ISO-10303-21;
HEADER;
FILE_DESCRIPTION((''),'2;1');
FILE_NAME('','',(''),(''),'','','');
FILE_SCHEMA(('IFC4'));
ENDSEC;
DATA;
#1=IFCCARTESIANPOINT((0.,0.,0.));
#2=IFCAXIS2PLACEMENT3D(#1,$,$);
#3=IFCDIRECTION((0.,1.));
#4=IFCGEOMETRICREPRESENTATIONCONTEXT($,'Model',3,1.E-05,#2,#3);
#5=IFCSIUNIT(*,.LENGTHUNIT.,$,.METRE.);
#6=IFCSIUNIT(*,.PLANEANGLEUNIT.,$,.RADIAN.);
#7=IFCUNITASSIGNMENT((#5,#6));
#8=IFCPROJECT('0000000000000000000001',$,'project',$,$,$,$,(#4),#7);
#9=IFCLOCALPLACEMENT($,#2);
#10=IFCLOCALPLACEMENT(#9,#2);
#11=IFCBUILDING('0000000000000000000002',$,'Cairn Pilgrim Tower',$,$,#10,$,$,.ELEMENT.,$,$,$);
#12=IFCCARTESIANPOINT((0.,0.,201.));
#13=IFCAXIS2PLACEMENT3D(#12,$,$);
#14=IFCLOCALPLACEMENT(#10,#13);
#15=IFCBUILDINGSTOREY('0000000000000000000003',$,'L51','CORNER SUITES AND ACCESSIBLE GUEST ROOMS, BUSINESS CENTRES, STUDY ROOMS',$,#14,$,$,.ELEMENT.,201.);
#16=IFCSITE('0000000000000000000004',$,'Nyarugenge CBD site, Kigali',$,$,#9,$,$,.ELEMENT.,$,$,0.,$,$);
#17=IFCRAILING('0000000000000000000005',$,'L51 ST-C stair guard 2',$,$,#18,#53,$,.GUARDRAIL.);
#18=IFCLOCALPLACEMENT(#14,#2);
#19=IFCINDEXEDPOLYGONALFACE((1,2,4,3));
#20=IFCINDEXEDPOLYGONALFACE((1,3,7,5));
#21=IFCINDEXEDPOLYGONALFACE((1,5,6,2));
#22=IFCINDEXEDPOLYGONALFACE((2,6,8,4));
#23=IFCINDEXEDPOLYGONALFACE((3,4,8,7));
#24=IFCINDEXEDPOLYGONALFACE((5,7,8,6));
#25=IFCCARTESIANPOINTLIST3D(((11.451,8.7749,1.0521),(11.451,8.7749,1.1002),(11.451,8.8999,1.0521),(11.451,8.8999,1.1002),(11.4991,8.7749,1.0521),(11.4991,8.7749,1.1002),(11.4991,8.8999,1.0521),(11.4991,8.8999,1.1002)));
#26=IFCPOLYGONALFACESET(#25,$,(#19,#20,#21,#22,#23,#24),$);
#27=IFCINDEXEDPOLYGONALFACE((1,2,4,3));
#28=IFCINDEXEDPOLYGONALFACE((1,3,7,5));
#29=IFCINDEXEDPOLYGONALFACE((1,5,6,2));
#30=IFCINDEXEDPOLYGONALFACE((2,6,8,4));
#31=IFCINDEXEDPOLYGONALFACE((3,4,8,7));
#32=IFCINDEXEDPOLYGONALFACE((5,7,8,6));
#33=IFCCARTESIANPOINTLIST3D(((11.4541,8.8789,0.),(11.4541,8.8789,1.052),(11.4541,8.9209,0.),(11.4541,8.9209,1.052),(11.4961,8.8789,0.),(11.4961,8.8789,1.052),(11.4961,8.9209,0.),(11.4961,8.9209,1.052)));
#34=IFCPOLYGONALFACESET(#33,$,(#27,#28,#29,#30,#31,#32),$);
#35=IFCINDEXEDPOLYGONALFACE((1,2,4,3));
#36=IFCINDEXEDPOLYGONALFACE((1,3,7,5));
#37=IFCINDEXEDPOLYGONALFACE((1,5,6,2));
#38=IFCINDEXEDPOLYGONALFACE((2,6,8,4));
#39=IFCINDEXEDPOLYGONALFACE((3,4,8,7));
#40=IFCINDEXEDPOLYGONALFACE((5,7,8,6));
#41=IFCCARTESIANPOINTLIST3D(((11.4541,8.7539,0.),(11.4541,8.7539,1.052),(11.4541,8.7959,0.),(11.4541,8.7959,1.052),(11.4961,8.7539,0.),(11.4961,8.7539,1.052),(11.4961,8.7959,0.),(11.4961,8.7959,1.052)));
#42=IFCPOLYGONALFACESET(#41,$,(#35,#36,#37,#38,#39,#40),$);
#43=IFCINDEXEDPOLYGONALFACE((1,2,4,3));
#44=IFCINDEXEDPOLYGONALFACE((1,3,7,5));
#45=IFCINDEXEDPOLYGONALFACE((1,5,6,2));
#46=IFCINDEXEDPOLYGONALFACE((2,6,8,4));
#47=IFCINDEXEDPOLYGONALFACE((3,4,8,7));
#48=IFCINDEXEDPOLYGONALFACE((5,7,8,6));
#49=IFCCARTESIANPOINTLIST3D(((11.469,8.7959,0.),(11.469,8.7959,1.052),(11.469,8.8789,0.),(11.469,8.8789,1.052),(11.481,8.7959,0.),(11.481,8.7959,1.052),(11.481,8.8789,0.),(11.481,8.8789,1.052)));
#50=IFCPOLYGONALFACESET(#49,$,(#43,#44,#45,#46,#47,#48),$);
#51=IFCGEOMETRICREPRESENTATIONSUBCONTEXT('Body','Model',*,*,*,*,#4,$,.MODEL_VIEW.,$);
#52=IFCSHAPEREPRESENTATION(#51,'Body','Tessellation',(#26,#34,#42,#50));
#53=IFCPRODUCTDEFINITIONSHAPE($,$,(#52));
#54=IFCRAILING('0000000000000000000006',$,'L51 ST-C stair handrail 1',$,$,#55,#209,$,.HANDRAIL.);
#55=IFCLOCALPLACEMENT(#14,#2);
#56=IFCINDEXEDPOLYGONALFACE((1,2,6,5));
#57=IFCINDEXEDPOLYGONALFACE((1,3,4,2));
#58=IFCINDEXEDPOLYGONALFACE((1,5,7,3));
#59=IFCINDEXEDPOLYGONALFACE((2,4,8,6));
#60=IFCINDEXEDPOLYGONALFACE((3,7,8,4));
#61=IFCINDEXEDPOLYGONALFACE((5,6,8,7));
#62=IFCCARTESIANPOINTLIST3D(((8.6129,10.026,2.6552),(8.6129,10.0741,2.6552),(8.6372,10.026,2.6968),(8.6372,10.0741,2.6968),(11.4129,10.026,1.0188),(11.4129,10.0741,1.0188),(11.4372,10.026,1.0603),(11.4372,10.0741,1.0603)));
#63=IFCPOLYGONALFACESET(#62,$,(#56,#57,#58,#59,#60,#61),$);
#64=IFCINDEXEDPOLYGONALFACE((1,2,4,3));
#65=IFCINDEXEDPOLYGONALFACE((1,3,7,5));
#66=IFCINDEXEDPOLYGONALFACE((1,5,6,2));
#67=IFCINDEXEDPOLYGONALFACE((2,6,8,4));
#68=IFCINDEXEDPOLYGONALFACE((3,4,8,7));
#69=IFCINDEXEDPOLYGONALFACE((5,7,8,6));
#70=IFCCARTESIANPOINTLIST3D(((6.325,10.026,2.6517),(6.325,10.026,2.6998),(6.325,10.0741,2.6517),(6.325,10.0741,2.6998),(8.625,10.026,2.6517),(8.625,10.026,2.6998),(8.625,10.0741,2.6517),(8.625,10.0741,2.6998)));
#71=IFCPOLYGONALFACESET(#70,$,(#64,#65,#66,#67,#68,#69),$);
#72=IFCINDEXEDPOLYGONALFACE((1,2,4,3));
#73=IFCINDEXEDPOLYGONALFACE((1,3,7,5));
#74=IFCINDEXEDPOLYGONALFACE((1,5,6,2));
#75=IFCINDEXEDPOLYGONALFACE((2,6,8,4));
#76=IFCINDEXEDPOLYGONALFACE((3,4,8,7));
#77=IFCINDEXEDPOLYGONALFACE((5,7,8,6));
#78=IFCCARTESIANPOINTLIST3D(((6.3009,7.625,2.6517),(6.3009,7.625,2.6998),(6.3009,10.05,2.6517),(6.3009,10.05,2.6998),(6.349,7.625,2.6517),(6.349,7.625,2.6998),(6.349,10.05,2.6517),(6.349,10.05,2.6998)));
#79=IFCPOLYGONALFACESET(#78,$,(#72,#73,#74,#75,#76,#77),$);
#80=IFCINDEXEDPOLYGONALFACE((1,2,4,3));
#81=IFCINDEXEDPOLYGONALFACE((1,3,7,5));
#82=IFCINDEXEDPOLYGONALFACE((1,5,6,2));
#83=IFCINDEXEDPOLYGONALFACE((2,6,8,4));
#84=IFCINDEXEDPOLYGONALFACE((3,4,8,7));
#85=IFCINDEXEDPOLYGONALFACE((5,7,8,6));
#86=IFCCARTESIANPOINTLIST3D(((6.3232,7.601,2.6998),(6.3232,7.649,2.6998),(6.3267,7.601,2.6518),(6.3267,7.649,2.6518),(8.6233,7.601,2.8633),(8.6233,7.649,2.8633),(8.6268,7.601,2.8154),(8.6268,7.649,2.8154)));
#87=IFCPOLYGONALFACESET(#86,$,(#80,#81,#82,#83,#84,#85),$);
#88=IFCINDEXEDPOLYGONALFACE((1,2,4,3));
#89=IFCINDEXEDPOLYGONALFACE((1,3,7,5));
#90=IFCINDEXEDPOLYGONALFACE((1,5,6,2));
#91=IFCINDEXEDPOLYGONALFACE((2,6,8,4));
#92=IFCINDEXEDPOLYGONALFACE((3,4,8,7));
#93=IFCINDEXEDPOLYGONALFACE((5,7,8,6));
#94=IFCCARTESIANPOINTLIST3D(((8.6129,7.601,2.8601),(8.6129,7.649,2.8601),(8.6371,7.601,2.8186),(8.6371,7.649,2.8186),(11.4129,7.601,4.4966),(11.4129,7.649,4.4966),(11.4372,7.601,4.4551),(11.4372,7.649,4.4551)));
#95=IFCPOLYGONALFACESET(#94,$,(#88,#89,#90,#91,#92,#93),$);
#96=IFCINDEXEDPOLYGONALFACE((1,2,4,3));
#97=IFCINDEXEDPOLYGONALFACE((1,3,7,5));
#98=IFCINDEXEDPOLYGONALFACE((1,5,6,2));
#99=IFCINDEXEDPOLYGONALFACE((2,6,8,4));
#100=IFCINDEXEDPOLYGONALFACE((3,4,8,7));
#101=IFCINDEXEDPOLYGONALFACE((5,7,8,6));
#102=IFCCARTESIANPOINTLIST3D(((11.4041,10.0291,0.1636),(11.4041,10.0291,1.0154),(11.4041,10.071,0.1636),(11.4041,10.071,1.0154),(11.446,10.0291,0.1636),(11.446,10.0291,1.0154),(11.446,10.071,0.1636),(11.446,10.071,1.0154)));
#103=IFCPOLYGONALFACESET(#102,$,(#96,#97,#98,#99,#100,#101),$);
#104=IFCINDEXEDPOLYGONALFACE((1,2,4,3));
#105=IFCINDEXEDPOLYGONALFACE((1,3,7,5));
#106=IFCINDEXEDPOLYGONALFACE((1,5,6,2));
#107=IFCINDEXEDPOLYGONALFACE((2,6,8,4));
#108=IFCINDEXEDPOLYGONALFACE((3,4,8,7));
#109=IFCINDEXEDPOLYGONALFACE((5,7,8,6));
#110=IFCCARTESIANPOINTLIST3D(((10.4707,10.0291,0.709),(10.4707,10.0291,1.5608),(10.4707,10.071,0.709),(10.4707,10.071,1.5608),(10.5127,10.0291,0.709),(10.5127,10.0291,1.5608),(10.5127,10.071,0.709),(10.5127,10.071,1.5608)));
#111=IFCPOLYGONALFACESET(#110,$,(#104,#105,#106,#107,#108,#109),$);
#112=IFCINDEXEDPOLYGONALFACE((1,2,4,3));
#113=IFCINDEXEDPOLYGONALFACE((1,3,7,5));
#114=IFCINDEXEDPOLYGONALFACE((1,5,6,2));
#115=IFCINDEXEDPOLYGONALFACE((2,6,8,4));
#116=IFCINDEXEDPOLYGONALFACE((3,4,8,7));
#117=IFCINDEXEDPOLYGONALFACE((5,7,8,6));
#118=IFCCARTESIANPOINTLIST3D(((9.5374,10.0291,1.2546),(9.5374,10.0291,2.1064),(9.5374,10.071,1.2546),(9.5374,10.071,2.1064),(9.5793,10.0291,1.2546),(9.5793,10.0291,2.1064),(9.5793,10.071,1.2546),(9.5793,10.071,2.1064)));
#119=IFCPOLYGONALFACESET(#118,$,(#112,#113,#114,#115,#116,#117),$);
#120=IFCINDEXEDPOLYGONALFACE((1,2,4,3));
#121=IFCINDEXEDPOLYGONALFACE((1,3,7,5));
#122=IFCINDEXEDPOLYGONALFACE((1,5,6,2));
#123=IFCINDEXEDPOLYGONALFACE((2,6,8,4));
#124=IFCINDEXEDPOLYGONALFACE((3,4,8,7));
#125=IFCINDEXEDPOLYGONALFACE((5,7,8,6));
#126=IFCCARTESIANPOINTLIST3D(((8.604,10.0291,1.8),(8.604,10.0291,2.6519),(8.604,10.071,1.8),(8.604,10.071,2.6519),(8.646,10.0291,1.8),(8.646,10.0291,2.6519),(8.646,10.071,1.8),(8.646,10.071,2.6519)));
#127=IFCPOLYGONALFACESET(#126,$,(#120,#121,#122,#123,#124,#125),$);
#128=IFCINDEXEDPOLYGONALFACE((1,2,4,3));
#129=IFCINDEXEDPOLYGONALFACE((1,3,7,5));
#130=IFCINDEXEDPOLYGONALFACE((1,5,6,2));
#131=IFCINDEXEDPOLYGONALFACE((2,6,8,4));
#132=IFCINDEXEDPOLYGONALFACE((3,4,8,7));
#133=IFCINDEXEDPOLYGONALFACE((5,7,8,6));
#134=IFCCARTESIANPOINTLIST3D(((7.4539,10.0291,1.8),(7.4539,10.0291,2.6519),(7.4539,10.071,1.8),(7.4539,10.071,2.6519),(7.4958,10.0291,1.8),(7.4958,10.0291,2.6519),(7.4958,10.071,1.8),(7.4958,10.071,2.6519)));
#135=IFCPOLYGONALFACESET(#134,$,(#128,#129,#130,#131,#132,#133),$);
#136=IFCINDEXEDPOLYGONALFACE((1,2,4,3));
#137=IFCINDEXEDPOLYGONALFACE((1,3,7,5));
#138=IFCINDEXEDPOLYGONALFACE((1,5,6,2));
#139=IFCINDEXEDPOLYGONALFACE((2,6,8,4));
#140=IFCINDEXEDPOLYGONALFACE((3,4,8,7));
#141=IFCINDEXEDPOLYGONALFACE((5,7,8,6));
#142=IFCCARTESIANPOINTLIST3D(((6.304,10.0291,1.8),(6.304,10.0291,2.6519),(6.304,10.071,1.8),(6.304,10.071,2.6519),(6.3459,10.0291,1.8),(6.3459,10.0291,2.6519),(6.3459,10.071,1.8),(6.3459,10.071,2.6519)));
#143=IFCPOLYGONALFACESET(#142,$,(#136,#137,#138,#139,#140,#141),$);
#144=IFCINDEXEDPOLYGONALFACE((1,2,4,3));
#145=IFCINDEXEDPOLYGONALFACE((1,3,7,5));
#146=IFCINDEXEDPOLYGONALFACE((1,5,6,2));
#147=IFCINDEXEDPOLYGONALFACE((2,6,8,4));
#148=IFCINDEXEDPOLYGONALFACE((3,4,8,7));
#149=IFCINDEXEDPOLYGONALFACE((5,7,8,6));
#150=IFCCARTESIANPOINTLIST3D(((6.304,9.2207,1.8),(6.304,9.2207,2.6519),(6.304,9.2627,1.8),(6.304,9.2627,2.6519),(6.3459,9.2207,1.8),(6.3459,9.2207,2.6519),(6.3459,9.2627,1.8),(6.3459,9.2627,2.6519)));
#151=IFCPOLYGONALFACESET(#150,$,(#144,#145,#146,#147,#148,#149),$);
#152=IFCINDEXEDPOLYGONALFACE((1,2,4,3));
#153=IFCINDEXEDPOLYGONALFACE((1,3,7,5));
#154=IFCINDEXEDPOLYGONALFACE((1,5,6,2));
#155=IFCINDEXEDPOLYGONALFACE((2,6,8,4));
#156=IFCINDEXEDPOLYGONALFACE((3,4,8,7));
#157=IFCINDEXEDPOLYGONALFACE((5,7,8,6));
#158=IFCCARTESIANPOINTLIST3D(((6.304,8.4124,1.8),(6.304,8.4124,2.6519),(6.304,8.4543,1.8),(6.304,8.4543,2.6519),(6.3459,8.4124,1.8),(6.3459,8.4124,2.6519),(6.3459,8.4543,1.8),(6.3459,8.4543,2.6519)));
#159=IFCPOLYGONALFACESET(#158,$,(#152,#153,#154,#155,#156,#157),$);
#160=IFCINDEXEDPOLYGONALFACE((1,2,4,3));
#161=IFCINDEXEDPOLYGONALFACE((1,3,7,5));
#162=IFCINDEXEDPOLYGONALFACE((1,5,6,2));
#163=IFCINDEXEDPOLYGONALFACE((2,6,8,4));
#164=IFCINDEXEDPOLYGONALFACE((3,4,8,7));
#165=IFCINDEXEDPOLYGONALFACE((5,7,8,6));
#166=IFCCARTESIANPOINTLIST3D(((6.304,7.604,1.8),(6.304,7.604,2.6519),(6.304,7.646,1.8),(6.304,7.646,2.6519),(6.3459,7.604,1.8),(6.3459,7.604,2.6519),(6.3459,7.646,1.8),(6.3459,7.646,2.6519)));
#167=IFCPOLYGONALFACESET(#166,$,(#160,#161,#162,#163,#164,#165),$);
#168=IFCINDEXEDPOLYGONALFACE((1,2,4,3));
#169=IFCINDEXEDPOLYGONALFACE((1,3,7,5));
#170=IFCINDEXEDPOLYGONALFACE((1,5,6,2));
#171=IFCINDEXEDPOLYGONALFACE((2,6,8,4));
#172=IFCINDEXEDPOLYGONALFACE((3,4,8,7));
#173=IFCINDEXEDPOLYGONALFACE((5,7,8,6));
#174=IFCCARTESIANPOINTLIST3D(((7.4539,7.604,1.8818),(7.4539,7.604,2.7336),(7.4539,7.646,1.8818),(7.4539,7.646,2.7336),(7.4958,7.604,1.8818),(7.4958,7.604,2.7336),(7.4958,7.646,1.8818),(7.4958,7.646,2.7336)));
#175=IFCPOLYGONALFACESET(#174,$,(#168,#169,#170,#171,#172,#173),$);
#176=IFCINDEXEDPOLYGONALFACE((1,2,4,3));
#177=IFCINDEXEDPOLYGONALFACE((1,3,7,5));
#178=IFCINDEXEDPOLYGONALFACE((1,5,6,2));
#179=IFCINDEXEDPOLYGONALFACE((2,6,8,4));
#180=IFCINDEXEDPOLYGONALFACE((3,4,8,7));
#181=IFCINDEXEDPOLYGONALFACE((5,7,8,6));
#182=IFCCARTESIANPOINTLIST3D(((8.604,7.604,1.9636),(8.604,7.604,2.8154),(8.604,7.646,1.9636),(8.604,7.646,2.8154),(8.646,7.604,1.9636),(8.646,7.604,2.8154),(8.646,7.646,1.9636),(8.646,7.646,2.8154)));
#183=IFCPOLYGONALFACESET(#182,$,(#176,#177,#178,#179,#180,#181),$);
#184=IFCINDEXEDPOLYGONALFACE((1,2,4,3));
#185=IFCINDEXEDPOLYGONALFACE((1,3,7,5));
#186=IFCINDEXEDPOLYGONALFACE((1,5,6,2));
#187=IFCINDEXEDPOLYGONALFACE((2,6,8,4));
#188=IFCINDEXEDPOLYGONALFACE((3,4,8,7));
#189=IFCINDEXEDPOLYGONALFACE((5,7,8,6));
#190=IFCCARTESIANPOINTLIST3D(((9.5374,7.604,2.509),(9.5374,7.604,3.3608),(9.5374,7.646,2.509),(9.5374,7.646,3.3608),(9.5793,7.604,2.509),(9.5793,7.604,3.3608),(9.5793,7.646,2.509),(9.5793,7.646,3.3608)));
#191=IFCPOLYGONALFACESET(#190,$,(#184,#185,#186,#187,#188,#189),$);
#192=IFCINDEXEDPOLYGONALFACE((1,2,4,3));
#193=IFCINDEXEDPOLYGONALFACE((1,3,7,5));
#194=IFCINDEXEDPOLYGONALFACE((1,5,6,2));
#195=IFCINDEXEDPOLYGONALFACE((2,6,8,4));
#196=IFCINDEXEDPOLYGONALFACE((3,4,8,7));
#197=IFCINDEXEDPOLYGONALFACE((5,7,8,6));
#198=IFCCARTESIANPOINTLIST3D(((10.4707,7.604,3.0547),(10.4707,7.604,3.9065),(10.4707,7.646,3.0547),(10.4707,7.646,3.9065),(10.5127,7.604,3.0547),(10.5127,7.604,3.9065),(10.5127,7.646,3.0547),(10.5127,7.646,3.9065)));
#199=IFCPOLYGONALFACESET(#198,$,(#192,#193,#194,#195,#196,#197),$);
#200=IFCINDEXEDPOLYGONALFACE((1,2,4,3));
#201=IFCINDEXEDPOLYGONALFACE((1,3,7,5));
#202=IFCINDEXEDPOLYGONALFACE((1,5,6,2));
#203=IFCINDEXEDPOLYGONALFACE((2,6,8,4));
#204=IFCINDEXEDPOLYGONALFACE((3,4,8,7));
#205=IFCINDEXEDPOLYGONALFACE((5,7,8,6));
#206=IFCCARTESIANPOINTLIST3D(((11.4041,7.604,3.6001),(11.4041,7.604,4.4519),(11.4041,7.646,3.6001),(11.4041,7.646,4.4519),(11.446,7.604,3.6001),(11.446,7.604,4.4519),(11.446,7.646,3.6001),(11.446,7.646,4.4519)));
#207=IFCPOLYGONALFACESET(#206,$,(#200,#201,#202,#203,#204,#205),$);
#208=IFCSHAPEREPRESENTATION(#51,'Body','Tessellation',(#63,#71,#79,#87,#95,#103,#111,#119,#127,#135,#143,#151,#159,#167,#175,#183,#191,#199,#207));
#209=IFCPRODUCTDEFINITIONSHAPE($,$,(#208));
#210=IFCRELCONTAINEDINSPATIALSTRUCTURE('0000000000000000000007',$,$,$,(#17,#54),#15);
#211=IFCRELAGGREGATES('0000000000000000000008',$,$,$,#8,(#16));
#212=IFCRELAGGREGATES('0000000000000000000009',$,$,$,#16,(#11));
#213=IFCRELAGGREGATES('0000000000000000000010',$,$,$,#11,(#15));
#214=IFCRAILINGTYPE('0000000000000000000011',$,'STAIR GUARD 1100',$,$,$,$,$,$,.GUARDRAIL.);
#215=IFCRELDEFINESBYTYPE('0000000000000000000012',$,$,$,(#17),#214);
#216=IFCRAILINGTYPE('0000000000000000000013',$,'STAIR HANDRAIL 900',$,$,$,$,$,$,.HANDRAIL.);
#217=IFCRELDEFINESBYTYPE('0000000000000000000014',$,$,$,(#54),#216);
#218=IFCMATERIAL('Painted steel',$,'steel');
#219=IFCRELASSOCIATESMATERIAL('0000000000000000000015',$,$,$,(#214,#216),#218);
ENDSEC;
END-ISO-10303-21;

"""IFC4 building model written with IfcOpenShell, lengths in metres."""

from ifc_helpers import new_model, si_unit, direction, frame, origin, origin_2d, place, context, subcontext, project, spatial, polyline, rectangle, outline, extrude, material, type_object, element, save


model = new_model("IFC4")

# Units and contexts
model_context = context("Model", 3, precision=1e-05, world=origin(), true_north=direction((0.0, 1.0)))
body_context = subcontext(model_context, "Body", "Model", "MODEL_VIEW")
ifc_project = project(units=[si_unit("LENGTHUNIT", "METRE"), si_unit("PLANEANGLEUNIT", "RADIAN")], contexts=[model_context])

# Site, building, storey
site_placement = place(None, origin())
site = spatial("IfcSite", under=ifc_project, at=site_placement, Name="Nyarugenge CBD site, Kigali", CompositionType="ELEMENT", RefElevation=0.0)
building_placement = place(site_placement, origin())
building = spatial("IfcBuilding", under=site, at=building_placement, Name="Cairn Pilgrim Tower", CompositionType="ELEMENT")
storey_placement = place(building_placement, frame((0.0, 0.0, 201.0)))
storey = spatial("IfcBuildingStorey", under=building, at=storey_placement, Name="L51", Description="CORNER SUITES AND ACCESSIBLE GUEST ROOMS, BUSINESS CENTRES, STUDY ROOMS", CompositionType="ELEMENT", Elevation=201.0)

# Shared definitions
ifc_material_1 = material(Name="Painted steel", Category="steel")

# Railings
railing_type_1 = type_object("IfcRailingType", Name="STAIR GUARD 1100", PredefinedType="GUARDRAIL", material=ifc_material_1)
railing_1_placement = place(storey_placement, frame((11.4751, 8.8999, 0.0)))
element("IfcRailing", 1, at=railing_1_placement, inside=storey, type_object=railing_type_1, Name="L51 ST-C stair guard 2", PredefinedType="GUARDRAIL", context=body_context, shape_type="SweptSolid", body=[
    extrude(rectangle(XDim=0.0481, YDim=0.0481, at=origin_2d()), frame((0.0, 0.0, 1.0762), z_axis=(0.0, -1.0, 0.0), x_axis=(1.0, 0.0, 0.0)), (0.0, 0.0, 1.0), 0.125),
    extrude(rectangle(XDim=0.042, YDim=0.042, at=origin_2d()), origin(), (0.0, 0.0, 1.0), 1.052),
    extrude(rectangle(XDim=0.042, YDim=0.042, at=origin_2d()), frame((0.0, -0.125, 0.0)), (0.0, 0.0, 1.0), 1.052),
    extrude(outline(polyline([(0.021, 0.0), (0.104, 0.0), (0.104, 1.052), (0.021, 1.052), (0.021, 0.0)])), frame((0.0059, 0.0, 0.0), z_axis=(-1.0, 0.0, 0.0), x_axis=(0.0, -1.0, 0.0)), (0.0, 0.0, 1.0), 0.012),
])
railing_type_2 = type_object("IfcRailingType", Name="STAIR HANDRAIL 900", PredefinedType="HANDRAIL", material=ifc_material_1)
railing_2_placement = place(storey_placement, frame((11.425, 10.05, 0.1636)))
element("IfcRailing", 2, at=railing_2_placement, inside=storey, type_object=railing_type_2, Name="L51 ST-C stair handrail 1", PredefinedType="HANDRAIL", context=body_context, shape_type="SweptSolid", body=[
    extrude(rectangle(XDim=0.0481, YDim=0.0481, at=origin_2d()), frame((0.0, 0.0, 0.876), z_axis=(-0.863361, 0.0, 0.504587), x_axis=(0.0, -1.0, 0.0)), (0.0, 0.0, 1.0), 3.2432),
    extrude(rectangle(XDim=0.0481, YDim=0.0481, at=origin_2d()), frame((-2.8, 0.0, 2.5122), z_axis=(-1.0, 0.0, 0.0), x_axis=(0.0, -1.0, 0.0)), (0.0, 0.0, 1.0), 2.3),
    extrude(rectangle(XDim=0.0481, YDim=0.0481, at=origin_2d()), frame((-5.1001, 0.0, 2.5122), z_axis=(0.0, -1.0, 0.0), x_axis=(1.0, 0.0, 0.0)), (0.0, 0.0, 1.0), 2.425),
    extrude(rectangle(XDim=0.0481, YDim=0.0481, at=origin_2d()), frame((-5.1001, -2.425, 2.5122), z_axis=(0.997481, 0.0, 0.070939), x_axis=(0.0, 1.0, 0.0)), (0.0, 0.0, 1.0), 2.3059),
    extrude(rectangle(XDim=0.0481, YDim=0.0481, at=origin_2d()), frame((-2.8, -2.425, 2.6758), z_axis=(0.863361, 0.0, 0.504587), x_axis=(0.0, 1.0, 0.0)), (0.0, 0.0, 1.0), 3.2432),
    extrude(rectangle(XDim=0.042, YDim=0.042, at=origin_2d()), origin(), (0.0, 0.0, 1.0), 0.8518),
    extrude(rectangle(XDim=0.042, YDim=0.042, at=origin_2d()), frame((-0.9333, 0.0, 0.5454)), (0.0, 0.0, 1.0), 0.8518),
    extrude(rectangle(XDim=0.042, YDim=0.042, at=origin_2d()), frame((-1.8667, 0.0, 1.0911)), (0.0, 0.0, 1.0), 0.8518),
    extrude(rectangle(XDim=0.042, YDim=0.042, at=origin_2d()), frame((-2.8, 0.0, 1.6365)), (0.0, 0.0, 1.0), 0.8518),
    extrude(rectangle(XDim=0.042, YDim=0.042, at=origin_2d()), frame((-3.9502, 0.0, 1.6365)), (0.0, 0.0, 1.0), 0.8518),
    extrude(rectangle(XDim=0.042, YDim=0.042, at=origin_2d()), frame((-5.1001, 0.0, 1.6365)), (0.0, 0.0, 1.0), 0.8518),
    extrude(rectangle(XDim=0.042, YDim=0.042, at=origin_2d()), frame((-5.1001, -0.8083, 1.6365)), (0.0, 0.0, 1.0), 0.8518),
    extrude(rectangle(XDim=0.042, YDim=0.042, at=origin_2d()), frame((-5.1001, -1.6167, 1.6365)), (0.0, 0.0, 1.0), 0.8518),
    extrude(rectangle(XDim=0.042, YDim=0.042, at=origin_2d()), frame((-5.1001, -2.425, 1.6365)), (0.0, 0.0, 1.0), 0.8518),
    extrude(rectangle(XDim=0.042, YDim=0.042, at=origin_2d()), frame((-3.9502, -2.425, 1.7183)), (0.0, 0.0, 1.0), 0.8518),
    extrude(rectangle(XDim=0.042, YDim=0.042, at=origin_2d()), frame((-2.8, -2.425, 1.8)), (0.0, 0.0, 1.0), 0.8518),
    extrude(rectangle(XDim=0.042, YDim=0.042, at=origin_2d()), frame((-1.8667, -2.425, 2.3455)), (0.0, 0.0, 1.0), 0.8518),
    extrude(rectangle(XDim=0.042, YDim=0.042, at=origin_2d()), frame((-0.9333, -2.425, 2.8911)), (0.0, 0.0, 1.0), 0.8518),
    extrude(rectangle(XDim=0.042, YDim=0.042, at=origin_2d()), frame((0.0, -2.425, 3.4365)), (0.0, 0.0, 1.0), 0.8518),
])

save(model, "model.ifc")
